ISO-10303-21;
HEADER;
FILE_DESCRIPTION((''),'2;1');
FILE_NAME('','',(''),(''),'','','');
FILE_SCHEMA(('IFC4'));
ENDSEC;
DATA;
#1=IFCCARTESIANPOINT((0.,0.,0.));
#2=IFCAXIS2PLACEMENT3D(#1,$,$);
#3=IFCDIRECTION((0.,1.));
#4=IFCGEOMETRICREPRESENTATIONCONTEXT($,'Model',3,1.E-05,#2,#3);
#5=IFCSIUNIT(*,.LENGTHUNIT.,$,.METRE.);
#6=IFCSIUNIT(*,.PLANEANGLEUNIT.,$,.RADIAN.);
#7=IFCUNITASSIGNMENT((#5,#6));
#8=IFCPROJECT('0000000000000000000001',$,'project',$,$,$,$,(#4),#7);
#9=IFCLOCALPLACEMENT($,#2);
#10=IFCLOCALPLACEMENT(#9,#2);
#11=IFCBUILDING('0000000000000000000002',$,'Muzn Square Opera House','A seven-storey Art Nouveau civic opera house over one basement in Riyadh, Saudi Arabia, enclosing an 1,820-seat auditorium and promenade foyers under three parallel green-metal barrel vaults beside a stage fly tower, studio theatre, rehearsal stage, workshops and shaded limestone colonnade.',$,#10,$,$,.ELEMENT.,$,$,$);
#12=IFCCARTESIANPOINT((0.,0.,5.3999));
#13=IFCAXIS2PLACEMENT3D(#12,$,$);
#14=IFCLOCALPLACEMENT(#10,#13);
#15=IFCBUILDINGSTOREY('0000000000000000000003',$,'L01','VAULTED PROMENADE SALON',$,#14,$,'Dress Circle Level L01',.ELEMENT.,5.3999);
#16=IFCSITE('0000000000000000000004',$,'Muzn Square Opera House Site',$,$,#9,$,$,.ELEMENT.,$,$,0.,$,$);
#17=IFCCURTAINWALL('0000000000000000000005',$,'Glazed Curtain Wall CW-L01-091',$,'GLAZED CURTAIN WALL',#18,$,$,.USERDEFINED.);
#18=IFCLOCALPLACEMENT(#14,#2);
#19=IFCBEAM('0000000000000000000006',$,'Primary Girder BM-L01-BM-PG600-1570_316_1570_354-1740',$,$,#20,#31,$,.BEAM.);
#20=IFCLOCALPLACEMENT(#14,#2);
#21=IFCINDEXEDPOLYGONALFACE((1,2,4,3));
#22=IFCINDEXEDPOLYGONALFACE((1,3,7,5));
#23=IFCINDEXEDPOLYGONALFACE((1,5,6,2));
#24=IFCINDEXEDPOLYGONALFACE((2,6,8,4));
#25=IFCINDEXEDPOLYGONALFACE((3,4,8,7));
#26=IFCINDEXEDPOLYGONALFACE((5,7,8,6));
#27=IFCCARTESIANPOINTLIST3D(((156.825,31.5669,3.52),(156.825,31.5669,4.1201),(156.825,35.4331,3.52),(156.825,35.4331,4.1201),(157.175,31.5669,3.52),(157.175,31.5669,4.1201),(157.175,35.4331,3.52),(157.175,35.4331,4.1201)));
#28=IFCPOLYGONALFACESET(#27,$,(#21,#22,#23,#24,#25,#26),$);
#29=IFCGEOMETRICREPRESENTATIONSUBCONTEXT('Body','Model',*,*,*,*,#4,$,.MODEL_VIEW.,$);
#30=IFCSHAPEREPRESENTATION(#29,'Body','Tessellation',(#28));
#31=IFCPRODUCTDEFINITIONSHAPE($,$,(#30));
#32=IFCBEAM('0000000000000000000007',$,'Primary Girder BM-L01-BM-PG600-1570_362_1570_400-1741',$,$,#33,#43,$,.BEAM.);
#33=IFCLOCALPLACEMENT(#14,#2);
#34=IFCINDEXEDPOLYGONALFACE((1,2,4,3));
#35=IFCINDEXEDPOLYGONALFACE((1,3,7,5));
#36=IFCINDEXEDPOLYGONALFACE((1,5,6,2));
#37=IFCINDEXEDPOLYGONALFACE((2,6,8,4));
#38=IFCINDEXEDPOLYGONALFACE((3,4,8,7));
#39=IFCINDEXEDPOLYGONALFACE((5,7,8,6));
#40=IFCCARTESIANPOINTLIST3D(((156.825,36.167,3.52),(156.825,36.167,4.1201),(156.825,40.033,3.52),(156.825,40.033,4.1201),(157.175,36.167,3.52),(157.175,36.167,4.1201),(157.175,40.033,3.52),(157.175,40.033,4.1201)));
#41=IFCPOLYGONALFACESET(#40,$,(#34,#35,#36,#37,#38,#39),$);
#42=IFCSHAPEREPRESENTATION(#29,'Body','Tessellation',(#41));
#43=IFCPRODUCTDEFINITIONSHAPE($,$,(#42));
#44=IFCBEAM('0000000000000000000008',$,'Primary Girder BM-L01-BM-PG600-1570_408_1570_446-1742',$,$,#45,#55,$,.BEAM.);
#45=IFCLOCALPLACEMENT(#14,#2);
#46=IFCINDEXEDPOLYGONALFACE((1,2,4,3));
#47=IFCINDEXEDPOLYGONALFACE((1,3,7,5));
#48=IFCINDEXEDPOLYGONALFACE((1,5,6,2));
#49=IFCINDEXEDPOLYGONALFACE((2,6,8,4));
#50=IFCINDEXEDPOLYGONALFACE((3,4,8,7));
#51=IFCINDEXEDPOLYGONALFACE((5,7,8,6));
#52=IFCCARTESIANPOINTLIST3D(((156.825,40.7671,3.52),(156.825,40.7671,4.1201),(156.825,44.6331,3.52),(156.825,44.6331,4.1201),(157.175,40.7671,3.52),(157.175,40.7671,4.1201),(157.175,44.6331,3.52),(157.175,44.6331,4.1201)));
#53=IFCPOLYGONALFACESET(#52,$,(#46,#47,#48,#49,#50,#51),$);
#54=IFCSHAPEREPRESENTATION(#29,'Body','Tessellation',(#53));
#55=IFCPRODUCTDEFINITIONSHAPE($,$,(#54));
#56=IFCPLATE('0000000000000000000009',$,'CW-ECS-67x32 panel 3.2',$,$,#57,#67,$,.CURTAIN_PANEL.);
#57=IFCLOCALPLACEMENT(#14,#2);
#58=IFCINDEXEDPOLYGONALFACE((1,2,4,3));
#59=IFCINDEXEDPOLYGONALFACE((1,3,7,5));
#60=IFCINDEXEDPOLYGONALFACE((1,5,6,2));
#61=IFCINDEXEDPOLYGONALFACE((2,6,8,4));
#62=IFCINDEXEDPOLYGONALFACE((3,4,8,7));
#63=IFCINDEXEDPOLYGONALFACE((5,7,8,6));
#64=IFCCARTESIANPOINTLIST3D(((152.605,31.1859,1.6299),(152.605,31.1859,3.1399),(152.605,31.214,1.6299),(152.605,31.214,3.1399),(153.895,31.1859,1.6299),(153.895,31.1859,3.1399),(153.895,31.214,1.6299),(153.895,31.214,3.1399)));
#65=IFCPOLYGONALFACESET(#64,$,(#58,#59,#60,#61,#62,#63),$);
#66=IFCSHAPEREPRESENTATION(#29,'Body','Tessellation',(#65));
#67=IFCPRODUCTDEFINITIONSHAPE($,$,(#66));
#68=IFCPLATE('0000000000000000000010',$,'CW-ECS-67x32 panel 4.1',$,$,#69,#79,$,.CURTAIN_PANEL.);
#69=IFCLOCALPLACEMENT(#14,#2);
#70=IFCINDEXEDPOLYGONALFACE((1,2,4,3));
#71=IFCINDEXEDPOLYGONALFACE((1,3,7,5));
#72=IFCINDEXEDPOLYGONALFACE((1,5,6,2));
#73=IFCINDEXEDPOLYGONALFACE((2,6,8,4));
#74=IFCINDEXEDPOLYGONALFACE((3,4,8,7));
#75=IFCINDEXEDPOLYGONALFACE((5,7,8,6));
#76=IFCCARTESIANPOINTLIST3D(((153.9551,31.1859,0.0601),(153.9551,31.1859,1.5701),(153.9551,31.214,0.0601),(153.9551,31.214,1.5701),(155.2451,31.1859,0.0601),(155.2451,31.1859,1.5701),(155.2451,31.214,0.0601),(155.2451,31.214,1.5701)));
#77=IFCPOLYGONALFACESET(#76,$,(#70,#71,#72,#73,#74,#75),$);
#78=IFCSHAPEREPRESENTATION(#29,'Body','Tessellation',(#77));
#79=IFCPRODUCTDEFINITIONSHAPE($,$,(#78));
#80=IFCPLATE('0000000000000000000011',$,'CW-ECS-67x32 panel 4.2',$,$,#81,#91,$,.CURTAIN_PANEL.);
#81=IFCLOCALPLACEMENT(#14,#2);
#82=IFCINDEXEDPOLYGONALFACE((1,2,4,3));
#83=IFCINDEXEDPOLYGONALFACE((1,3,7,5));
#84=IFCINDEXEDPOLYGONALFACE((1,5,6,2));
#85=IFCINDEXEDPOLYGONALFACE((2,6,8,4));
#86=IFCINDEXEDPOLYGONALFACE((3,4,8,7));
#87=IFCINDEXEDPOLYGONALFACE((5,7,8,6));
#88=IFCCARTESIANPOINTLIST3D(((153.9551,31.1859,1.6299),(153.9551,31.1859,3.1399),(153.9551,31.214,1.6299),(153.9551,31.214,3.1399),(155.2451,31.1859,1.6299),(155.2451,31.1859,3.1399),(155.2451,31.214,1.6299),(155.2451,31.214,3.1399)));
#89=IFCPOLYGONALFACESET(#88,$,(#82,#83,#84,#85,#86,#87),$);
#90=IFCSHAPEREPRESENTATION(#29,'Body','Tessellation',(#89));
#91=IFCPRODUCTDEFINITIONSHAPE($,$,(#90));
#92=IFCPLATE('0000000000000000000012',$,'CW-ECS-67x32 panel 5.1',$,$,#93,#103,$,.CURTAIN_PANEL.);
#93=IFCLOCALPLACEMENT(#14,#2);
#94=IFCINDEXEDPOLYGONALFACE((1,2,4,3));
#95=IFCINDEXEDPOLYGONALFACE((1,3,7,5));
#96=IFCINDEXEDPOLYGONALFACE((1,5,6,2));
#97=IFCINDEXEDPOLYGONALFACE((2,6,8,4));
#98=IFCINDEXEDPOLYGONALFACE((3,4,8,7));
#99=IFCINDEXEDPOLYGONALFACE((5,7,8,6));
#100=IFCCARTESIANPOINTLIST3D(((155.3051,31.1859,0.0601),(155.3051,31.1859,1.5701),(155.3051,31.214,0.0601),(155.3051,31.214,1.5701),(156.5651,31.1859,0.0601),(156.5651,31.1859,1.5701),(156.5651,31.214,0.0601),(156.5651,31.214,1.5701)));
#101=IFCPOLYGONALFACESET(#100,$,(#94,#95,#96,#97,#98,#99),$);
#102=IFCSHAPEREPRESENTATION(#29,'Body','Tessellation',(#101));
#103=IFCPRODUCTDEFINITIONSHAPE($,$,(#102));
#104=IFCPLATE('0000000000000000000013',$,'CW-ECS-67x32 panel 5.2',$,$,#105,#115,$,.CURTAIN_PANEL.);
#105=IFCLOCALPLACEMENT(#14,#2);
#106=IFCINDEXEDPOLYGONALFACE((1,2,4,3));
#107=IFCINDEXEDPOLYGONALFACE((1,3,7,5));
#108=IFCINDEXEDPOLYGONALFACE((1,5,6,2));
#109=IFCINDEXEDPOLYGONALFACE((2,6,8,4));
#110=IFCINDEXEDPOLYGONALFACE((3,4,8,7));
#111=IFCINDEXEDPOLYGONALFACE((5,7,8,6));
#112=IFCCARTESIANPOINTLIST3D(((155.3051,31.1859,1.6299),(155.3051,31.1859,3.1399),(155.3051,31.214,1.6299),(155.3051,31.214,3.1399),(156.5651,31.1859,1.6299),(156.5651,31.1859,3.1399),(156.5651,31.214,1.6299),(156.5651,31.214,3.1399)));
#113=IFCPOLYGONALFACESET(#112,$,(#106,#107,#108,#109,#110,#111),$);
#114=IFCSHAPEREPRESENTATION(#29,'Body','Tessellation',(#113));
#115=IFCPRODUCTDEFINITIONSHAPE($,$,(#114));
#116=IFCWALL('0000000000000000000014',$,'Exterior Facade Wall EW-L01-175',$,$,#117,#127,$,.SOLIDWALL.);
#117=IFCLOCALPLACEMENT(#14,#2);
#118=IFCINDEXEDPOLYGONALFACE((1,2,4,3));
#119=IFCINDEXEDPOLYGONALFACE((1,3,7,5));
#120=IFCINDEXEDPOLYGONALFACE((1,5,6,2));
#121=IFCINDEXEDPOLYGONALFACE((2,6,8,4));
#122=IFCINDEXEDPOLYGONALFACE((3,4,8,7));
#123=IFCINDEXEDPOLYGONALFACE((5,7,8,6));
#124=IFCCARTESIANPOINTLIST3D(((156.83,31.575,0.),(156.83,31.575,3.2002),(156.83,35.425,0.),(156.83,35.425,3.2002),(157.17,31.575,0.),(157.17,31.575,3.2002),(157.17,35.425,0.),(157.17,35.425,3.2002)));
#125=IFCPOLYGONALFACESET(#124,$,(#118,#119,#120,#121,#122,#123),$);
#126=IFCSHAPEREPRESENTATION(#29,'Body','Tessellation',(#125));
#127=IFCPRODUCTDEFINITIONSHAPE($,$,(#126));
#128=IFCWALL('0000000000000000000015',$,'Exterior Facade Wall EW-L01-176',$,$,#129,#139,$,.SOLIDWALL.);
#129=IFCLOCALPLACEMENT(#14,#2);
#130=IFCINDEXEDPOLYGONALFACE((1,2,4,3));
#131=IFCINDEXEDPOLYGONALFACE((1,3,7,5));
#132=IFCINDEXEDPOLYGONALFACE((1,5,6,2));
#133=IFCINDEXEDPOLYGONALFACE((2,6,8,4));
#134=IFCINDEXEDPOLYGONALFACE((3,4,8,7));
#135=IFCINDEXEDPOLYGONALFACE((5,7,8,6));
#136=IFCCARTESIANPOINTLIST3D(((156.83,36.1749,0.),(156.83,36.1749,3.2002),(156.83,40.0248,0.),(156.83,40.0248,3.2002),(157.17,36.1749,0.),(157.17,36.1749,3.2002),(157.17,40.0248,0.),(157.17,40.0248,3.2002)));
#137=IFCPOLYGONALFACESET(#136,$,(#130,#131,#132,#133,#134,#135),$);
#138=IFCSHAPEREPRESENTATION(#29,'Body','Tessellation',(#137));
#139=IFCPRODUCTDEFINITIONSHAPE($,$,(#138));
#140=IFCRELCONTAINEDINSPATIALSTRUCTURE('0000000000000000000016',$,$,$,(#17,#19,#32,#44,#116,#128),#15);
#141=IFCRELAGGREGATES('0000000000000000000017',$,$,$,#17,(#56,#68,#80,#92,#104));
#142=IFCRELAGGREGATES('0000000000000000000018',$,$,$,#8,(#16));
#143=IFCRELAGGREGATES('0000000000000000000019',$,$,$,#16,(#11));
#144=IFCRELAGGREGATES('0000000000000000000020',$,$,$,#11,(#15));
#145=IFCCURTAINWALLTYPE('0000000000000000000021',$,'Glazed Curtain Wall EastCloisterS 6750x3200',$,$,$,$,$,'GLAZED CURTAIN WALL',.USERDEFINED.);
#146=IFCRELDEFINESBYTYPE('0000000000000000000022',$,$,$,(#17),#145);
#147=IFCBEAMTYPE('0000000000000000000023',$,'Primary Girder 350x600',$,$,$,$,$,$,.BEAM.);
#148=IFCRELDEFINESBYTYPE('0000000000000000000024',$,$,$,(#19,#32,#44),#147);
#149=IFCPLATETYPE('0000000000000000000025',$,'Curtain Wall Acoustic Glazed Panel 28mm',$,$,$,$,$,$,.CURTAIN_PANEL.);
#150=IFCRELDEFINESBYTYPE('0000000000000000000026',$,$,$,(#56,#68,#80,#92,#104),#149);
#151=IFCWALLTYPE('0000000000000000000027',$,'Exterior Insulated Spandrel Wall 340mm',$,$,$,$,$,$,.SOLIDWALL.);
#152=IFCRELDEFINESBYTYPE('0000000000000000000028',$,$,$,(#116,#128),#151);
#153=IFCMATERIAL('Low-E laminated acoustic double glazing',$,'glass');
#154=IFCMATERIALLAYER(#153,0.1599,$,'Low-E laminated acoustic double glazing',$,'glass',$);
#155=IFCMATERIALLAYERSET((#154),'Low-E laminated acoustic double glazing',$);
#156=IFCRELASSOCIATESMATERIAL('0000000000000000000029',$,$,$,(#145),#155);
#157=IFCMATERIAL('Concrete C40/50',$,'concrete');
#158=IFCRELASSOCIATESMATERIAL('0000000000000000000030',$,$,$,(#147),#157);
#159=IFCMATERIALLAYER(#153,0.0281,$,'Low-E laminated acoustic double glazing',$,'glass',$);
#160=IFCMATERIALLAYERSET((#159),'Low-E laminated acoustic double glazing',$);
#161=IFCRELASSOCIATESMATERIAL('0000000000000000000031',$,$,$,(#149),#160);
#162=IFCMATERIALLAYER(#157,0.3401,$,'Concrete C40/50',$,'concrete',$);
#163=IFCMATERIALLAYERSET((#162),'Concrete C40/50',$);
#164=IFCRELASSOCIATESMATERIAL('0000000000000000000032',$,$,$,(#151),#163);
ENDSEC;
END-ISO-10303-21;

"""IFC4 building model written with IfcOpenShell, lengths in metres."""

from ifc_helpers import new_model, si_unit, direction, frame, frame_2d, origin, origin_2d, place, context, subcontext, project, spatial, rectangle, extrude, material, layer, layer_set, material_profile, profile_set, type_object, element, aggregate, save


model = new_model("IFC4")

# Units and contexts
model_context = context("Model", 3, precision=1e-05, world=origin(), true_north=direction((0.0, 1.0)))
body_context = subcontext(model_context, "Body", "Model", "MODEL_VIEW")
ifc_project = project(units=[si_unit("LENGTHUNIT", "METRE"), si_unit("PLANEANGLEUNIT", "RADIAN")], contexts=[model_context])

# Site, building, storey
site_placement = place(None, origin())
site = spatial("IfcSite", under=ifc_project, at=site_placement, Name="Muzn Square Opera House Site", CompositionType="ELEMENT", RefElevation=0.0)
building_placement = place(site_placement, origin())
building = spatial("IfcBuilding", under=site, at=building_placement, Name="Muzn Square Opera House", Description="A seven-storey Art Nouveau civic opera house over one basement in Riyadh, Saudi Arabia, enclosing an 1,820-seat auditorium and promenade foyers under three parallel green-metal barrel vaults beside a stage fly tower, studio theatre, rehearsal stage, workshops and shaded limestone colonnade.", CompositionType="ELEMENT")
storey_placement = place(building_placement, frame((0.0, 0.0, 5.3999)))
storey = spatial("IfcBuildingStorey", under=building, at=storey_placement, Name="L01", Description="VAULTED PROMENADE SALON", LongName="Dress Circle Level L01", CompositionType="ELEMENT", Elevation=5.3999)

# Curtain wall
ifc_material_1 = material(Name="Low-E laminated acoustic double glazing", Category="glass")
ifc_layer_1 = layer(ifc_material_1, 0.1599, Name="Low-E laminated acoustic double glazing", Category="glass")
ifc_layer_set_1 = layer_set([ifc_layer_1], Name="Low-E laminated acoustic double glazing")
curtain_wall_type = type_object("IfcCurtainWallType", Name="Glazed Curtain Wall EastCloisterS 6750x3200", ElementType="GLAZED CURTAIN WALL", PredefinedType="USERDEFINED", material=ifc_layer_set_1)
curtain_wall_placement = place(storey_placement, origin())
curtain_wall = element("IfcCurtainWall", 1, at=curtain_wall_placement, inside=storey, type_object=curtain_wall_type, Name="Glazed Curtain Wall CW-L01-091", ObjectType="GLAZED CURTAIN WALL", PredefinedType="USERDEFINED")

# Beams
ifc_material_2 = material(Name="Concrete C40/50", Category="concrete")
ifc_material_profile_1 = material_profile(ifc_material_2, rectangle(XDim=0.3501, YDim=0.6001, at=origin_2d()), Name="RCB 350x600", Category="concrete")
ifc_profile_set_1 = profile_set([ifc_material_profile_1], Name="Concrete C40/50")
beam_type = type_object("IfcBeamType", Name="Primary Girder 350x600", PredefinedType="BEAM", material=ifc_profile_set_1)
beam_placement = place(storey_placement, frame((157.0, 31.5669, 3.8201), z_axis=(0.0, 1.0, 0.0), x_axis=(-1.0, 0.0, 0.0)))
element("IfcBeam", 2, at=beam_placement, inside=storey, type_object=beam_type, Name="Primary Girder BM-L01-BM-PG600-1570_316_1570_354-1740", PredefinedType="BEAM", context=body_context, shape_type="SweptSolid", body=[
    extrude(rectangle(XDim=0.3501, YDim=0.6001, at=origin_2d()), origin(), (0.0, 0.0, 1.0), 3.8662),
])
for number, where, z_axis, x_axis, name in (
    (3, (157.0, 36.167, 3.8201), (0.0, 1.0, 0.0), (-1.0, 0.0, 0.0), "Primary Girder BM-L01-BM-PG600-1570_362_1570_400-1741"),
    (4, (157.0, 40.7671, 3.8201), (0.0, 1.0, 0.0), (-1.0, 0.0, 0.0), "Primary Girder BM-L01-BM-PG600-1570_408_1570_446-1742"),
):
    element("IfcBeam", number, at=place(storey_placement, frame(where, z_axis=z_axis, x_axis=x_axis)), inside=storey, type_object=beam_type, Name=name, PredefinedType="BEAM", context=body_context, shape_type="SweptSolid", body=[
        extrude(rectangle(XDim=0.3501, YDim=0.6001, at=origin_2d()), origin(), (0.0, 0.0, 1.0), 3.866),
    ])

# Plates
ifc_layer_2 = layer(ifc_material_1, 0.0281, Name="Low-E laminated acoustic double glazing", Category="glass")
ifc_layer_set_2 = layer_set([ifc_layer_2], Name="Low-E laminated acoustic double glazing")
plate_type = type_object("IfcPlateType", Name="Curtain Wall Acoustic Glazed Panel 28mm", PredefinedType="CURTAIN_PANEL", material=ifc_layer_set_2)
plate_1_placement = place(storey_placement, frame((153.25, 31.2, 1.6299), z_axis=(0.0, 0.0, 1.0), x_axis=(1.0, 0.0, 0.0)))
plate_1 = element("IfcPlate", 5, at=plate_1_placement, type_object=plate_type, Name="CW-ECS-67x32 panel 3.2", PredefinedType="CURTAIN_PANEL", context=body_context, shape_type="SweptSolid", body=[
    extrude(rectangle(XDim=1.29, YDim=0.0281, at=origin_2d()), origin(), (0.0, 0.0, 1.0), 1.51),
])
plate_2_placement = place(storey_placement, frame((154.6001, 31.2, 0.0601), z_axis=(0.0, 0.0, 1.0), x_axis=(1.0, 0.0, 0.0)))
plate_2 = element("IfcPlate", 6, at=plate_2_placement, type_object=plate_type, Name="CW-ECS-67x32 panel 4.1", PredefinedType="CURTAIN_PANEL", context=body_context, shape_type="SweptSolid", body=[
    extrude(rectangle(XDim=1.29, YDim=0.0281, at=origin_2d()), origin(), (0.0, 0.0, 1.0), 1.51),
])
plate_3_placement = place(storey_placement, frame((154.6001, 31.2, 1.6299), z_axis=(0.0, 0.0, 1.0), x_axis=(1.0, 0.0, 0.0)))
plate_3 = element("IfcPlate", 7, at=plate_3_placement, type_object=plate_type, Name="CW-ECS-67x32 panel 4.2", PredefinedType="CURTAIN_PANEL", context=body_context, shape_type="SweptSolid", body=[
    extrude(rectangle(XDim=1.29, YDim=0.0281, at=origin_2d()), origin(), (0.0, 0.0, 1.0), 1.51),
])
plate_4_placement = place(storey_placement, frame((155.9351, 31.2, 0.0601), z_axis=(0.0, 0.0, 1.0), x_axis=(1.0, 0.0, 0.0)))
plate_4 = element("IfcPlate", 8, at=plate_4_placement, type_object=plate_type, Name="CW-ECS-67x32 panel 5.1", PredefinedType="CURTAIN_PANEL", context=body_context, shape_type="SweptSolid", body=[
    extrude(rectangle(XDim=1.26, YDim=0.0281, at=origin_2d()), origin(), (0.0, 0.0, 1.0), 1.51),
])
plate_5_placement = place(storey_placement, frame((155.9351, 31.2, 1.6299), z_axis=(0.0, 0.0, 1.0), x_axis=(1.0, 0.0, 0.0)))
plate_5 = element("IfcPlate", 9, at=plate_5_placement, type_object=plate_type, Name="CW-ECS-67x32 panel 5.2", PredefinedType="CURTAIN_PANEL", context=body_context, shape_type="SweptSolid", body=[
    extrude(rectangle(XDim=1.26, YDim=0.0281, at=origin_2d()), origin(), (0.0, 0.0, 1.0), 1.51),
])
aggregate(curtain_wall, [plate_1, plate_2, plate_3, plate_4, plate_5])

# Walls
ifc_layer_3 = layer(ifc_material_2, 0.3401, Name="Concrete C40/50", Category="concrete")
ifc_layer_set_3 = layer_set([ifc_layer_3], Name="Concrete C40/50")
wall_type = type_object("IfcWallType", Name="Exterior Insulated Spandrel Wall 340mm", PredefinedType="SOLIDWALL", material=ifc_layer_set_3)
wall_1_placement = place(storey_placement, frame((157.0, 31.575, 0.0), z_axis=(0.0, 0.0, 1.0), x_axis=(0.0, 1.0, 0.0)))
element("IfcWall", 10, at=wall_1_placement, inside=storey, type_object=wall_type, Name="Exterior Facade Wall EW-L01-175", PredefinedType="SOLIDWALL", context=body_context, shape_type="SweptSolid", body=[
    extrude(rectangle(XDim=3.8501, YDim=0.3401, at=frame_2d((1.925, 0.0))), origin(), (0.0, 0.0, 1.0), 3.2002),
])
wall_2_placement = place(storey_placement, frame((157.0, 36.175, 0.0), z_axis=(0.0, 0.0, 1.0), x_axis=(0.0, 1.0, 0.0)))
element("IfcWall", 11, at=wall_2_placement, inside=storey, type_object=wall_type, Name="Exterior Facade Wall EW-L01-176", PredefinedType="SOLIDWALL", context=body_context, shape_type="SweptSolid", body=[
    extrude(rectangle(XDim=3.8499, YDim=0.3401, at=frame_2d((1.9248, 0.0))), origin(), (0.0, 0.0, 1.0), 3.2002),
])

save(model, "model.ifc")
